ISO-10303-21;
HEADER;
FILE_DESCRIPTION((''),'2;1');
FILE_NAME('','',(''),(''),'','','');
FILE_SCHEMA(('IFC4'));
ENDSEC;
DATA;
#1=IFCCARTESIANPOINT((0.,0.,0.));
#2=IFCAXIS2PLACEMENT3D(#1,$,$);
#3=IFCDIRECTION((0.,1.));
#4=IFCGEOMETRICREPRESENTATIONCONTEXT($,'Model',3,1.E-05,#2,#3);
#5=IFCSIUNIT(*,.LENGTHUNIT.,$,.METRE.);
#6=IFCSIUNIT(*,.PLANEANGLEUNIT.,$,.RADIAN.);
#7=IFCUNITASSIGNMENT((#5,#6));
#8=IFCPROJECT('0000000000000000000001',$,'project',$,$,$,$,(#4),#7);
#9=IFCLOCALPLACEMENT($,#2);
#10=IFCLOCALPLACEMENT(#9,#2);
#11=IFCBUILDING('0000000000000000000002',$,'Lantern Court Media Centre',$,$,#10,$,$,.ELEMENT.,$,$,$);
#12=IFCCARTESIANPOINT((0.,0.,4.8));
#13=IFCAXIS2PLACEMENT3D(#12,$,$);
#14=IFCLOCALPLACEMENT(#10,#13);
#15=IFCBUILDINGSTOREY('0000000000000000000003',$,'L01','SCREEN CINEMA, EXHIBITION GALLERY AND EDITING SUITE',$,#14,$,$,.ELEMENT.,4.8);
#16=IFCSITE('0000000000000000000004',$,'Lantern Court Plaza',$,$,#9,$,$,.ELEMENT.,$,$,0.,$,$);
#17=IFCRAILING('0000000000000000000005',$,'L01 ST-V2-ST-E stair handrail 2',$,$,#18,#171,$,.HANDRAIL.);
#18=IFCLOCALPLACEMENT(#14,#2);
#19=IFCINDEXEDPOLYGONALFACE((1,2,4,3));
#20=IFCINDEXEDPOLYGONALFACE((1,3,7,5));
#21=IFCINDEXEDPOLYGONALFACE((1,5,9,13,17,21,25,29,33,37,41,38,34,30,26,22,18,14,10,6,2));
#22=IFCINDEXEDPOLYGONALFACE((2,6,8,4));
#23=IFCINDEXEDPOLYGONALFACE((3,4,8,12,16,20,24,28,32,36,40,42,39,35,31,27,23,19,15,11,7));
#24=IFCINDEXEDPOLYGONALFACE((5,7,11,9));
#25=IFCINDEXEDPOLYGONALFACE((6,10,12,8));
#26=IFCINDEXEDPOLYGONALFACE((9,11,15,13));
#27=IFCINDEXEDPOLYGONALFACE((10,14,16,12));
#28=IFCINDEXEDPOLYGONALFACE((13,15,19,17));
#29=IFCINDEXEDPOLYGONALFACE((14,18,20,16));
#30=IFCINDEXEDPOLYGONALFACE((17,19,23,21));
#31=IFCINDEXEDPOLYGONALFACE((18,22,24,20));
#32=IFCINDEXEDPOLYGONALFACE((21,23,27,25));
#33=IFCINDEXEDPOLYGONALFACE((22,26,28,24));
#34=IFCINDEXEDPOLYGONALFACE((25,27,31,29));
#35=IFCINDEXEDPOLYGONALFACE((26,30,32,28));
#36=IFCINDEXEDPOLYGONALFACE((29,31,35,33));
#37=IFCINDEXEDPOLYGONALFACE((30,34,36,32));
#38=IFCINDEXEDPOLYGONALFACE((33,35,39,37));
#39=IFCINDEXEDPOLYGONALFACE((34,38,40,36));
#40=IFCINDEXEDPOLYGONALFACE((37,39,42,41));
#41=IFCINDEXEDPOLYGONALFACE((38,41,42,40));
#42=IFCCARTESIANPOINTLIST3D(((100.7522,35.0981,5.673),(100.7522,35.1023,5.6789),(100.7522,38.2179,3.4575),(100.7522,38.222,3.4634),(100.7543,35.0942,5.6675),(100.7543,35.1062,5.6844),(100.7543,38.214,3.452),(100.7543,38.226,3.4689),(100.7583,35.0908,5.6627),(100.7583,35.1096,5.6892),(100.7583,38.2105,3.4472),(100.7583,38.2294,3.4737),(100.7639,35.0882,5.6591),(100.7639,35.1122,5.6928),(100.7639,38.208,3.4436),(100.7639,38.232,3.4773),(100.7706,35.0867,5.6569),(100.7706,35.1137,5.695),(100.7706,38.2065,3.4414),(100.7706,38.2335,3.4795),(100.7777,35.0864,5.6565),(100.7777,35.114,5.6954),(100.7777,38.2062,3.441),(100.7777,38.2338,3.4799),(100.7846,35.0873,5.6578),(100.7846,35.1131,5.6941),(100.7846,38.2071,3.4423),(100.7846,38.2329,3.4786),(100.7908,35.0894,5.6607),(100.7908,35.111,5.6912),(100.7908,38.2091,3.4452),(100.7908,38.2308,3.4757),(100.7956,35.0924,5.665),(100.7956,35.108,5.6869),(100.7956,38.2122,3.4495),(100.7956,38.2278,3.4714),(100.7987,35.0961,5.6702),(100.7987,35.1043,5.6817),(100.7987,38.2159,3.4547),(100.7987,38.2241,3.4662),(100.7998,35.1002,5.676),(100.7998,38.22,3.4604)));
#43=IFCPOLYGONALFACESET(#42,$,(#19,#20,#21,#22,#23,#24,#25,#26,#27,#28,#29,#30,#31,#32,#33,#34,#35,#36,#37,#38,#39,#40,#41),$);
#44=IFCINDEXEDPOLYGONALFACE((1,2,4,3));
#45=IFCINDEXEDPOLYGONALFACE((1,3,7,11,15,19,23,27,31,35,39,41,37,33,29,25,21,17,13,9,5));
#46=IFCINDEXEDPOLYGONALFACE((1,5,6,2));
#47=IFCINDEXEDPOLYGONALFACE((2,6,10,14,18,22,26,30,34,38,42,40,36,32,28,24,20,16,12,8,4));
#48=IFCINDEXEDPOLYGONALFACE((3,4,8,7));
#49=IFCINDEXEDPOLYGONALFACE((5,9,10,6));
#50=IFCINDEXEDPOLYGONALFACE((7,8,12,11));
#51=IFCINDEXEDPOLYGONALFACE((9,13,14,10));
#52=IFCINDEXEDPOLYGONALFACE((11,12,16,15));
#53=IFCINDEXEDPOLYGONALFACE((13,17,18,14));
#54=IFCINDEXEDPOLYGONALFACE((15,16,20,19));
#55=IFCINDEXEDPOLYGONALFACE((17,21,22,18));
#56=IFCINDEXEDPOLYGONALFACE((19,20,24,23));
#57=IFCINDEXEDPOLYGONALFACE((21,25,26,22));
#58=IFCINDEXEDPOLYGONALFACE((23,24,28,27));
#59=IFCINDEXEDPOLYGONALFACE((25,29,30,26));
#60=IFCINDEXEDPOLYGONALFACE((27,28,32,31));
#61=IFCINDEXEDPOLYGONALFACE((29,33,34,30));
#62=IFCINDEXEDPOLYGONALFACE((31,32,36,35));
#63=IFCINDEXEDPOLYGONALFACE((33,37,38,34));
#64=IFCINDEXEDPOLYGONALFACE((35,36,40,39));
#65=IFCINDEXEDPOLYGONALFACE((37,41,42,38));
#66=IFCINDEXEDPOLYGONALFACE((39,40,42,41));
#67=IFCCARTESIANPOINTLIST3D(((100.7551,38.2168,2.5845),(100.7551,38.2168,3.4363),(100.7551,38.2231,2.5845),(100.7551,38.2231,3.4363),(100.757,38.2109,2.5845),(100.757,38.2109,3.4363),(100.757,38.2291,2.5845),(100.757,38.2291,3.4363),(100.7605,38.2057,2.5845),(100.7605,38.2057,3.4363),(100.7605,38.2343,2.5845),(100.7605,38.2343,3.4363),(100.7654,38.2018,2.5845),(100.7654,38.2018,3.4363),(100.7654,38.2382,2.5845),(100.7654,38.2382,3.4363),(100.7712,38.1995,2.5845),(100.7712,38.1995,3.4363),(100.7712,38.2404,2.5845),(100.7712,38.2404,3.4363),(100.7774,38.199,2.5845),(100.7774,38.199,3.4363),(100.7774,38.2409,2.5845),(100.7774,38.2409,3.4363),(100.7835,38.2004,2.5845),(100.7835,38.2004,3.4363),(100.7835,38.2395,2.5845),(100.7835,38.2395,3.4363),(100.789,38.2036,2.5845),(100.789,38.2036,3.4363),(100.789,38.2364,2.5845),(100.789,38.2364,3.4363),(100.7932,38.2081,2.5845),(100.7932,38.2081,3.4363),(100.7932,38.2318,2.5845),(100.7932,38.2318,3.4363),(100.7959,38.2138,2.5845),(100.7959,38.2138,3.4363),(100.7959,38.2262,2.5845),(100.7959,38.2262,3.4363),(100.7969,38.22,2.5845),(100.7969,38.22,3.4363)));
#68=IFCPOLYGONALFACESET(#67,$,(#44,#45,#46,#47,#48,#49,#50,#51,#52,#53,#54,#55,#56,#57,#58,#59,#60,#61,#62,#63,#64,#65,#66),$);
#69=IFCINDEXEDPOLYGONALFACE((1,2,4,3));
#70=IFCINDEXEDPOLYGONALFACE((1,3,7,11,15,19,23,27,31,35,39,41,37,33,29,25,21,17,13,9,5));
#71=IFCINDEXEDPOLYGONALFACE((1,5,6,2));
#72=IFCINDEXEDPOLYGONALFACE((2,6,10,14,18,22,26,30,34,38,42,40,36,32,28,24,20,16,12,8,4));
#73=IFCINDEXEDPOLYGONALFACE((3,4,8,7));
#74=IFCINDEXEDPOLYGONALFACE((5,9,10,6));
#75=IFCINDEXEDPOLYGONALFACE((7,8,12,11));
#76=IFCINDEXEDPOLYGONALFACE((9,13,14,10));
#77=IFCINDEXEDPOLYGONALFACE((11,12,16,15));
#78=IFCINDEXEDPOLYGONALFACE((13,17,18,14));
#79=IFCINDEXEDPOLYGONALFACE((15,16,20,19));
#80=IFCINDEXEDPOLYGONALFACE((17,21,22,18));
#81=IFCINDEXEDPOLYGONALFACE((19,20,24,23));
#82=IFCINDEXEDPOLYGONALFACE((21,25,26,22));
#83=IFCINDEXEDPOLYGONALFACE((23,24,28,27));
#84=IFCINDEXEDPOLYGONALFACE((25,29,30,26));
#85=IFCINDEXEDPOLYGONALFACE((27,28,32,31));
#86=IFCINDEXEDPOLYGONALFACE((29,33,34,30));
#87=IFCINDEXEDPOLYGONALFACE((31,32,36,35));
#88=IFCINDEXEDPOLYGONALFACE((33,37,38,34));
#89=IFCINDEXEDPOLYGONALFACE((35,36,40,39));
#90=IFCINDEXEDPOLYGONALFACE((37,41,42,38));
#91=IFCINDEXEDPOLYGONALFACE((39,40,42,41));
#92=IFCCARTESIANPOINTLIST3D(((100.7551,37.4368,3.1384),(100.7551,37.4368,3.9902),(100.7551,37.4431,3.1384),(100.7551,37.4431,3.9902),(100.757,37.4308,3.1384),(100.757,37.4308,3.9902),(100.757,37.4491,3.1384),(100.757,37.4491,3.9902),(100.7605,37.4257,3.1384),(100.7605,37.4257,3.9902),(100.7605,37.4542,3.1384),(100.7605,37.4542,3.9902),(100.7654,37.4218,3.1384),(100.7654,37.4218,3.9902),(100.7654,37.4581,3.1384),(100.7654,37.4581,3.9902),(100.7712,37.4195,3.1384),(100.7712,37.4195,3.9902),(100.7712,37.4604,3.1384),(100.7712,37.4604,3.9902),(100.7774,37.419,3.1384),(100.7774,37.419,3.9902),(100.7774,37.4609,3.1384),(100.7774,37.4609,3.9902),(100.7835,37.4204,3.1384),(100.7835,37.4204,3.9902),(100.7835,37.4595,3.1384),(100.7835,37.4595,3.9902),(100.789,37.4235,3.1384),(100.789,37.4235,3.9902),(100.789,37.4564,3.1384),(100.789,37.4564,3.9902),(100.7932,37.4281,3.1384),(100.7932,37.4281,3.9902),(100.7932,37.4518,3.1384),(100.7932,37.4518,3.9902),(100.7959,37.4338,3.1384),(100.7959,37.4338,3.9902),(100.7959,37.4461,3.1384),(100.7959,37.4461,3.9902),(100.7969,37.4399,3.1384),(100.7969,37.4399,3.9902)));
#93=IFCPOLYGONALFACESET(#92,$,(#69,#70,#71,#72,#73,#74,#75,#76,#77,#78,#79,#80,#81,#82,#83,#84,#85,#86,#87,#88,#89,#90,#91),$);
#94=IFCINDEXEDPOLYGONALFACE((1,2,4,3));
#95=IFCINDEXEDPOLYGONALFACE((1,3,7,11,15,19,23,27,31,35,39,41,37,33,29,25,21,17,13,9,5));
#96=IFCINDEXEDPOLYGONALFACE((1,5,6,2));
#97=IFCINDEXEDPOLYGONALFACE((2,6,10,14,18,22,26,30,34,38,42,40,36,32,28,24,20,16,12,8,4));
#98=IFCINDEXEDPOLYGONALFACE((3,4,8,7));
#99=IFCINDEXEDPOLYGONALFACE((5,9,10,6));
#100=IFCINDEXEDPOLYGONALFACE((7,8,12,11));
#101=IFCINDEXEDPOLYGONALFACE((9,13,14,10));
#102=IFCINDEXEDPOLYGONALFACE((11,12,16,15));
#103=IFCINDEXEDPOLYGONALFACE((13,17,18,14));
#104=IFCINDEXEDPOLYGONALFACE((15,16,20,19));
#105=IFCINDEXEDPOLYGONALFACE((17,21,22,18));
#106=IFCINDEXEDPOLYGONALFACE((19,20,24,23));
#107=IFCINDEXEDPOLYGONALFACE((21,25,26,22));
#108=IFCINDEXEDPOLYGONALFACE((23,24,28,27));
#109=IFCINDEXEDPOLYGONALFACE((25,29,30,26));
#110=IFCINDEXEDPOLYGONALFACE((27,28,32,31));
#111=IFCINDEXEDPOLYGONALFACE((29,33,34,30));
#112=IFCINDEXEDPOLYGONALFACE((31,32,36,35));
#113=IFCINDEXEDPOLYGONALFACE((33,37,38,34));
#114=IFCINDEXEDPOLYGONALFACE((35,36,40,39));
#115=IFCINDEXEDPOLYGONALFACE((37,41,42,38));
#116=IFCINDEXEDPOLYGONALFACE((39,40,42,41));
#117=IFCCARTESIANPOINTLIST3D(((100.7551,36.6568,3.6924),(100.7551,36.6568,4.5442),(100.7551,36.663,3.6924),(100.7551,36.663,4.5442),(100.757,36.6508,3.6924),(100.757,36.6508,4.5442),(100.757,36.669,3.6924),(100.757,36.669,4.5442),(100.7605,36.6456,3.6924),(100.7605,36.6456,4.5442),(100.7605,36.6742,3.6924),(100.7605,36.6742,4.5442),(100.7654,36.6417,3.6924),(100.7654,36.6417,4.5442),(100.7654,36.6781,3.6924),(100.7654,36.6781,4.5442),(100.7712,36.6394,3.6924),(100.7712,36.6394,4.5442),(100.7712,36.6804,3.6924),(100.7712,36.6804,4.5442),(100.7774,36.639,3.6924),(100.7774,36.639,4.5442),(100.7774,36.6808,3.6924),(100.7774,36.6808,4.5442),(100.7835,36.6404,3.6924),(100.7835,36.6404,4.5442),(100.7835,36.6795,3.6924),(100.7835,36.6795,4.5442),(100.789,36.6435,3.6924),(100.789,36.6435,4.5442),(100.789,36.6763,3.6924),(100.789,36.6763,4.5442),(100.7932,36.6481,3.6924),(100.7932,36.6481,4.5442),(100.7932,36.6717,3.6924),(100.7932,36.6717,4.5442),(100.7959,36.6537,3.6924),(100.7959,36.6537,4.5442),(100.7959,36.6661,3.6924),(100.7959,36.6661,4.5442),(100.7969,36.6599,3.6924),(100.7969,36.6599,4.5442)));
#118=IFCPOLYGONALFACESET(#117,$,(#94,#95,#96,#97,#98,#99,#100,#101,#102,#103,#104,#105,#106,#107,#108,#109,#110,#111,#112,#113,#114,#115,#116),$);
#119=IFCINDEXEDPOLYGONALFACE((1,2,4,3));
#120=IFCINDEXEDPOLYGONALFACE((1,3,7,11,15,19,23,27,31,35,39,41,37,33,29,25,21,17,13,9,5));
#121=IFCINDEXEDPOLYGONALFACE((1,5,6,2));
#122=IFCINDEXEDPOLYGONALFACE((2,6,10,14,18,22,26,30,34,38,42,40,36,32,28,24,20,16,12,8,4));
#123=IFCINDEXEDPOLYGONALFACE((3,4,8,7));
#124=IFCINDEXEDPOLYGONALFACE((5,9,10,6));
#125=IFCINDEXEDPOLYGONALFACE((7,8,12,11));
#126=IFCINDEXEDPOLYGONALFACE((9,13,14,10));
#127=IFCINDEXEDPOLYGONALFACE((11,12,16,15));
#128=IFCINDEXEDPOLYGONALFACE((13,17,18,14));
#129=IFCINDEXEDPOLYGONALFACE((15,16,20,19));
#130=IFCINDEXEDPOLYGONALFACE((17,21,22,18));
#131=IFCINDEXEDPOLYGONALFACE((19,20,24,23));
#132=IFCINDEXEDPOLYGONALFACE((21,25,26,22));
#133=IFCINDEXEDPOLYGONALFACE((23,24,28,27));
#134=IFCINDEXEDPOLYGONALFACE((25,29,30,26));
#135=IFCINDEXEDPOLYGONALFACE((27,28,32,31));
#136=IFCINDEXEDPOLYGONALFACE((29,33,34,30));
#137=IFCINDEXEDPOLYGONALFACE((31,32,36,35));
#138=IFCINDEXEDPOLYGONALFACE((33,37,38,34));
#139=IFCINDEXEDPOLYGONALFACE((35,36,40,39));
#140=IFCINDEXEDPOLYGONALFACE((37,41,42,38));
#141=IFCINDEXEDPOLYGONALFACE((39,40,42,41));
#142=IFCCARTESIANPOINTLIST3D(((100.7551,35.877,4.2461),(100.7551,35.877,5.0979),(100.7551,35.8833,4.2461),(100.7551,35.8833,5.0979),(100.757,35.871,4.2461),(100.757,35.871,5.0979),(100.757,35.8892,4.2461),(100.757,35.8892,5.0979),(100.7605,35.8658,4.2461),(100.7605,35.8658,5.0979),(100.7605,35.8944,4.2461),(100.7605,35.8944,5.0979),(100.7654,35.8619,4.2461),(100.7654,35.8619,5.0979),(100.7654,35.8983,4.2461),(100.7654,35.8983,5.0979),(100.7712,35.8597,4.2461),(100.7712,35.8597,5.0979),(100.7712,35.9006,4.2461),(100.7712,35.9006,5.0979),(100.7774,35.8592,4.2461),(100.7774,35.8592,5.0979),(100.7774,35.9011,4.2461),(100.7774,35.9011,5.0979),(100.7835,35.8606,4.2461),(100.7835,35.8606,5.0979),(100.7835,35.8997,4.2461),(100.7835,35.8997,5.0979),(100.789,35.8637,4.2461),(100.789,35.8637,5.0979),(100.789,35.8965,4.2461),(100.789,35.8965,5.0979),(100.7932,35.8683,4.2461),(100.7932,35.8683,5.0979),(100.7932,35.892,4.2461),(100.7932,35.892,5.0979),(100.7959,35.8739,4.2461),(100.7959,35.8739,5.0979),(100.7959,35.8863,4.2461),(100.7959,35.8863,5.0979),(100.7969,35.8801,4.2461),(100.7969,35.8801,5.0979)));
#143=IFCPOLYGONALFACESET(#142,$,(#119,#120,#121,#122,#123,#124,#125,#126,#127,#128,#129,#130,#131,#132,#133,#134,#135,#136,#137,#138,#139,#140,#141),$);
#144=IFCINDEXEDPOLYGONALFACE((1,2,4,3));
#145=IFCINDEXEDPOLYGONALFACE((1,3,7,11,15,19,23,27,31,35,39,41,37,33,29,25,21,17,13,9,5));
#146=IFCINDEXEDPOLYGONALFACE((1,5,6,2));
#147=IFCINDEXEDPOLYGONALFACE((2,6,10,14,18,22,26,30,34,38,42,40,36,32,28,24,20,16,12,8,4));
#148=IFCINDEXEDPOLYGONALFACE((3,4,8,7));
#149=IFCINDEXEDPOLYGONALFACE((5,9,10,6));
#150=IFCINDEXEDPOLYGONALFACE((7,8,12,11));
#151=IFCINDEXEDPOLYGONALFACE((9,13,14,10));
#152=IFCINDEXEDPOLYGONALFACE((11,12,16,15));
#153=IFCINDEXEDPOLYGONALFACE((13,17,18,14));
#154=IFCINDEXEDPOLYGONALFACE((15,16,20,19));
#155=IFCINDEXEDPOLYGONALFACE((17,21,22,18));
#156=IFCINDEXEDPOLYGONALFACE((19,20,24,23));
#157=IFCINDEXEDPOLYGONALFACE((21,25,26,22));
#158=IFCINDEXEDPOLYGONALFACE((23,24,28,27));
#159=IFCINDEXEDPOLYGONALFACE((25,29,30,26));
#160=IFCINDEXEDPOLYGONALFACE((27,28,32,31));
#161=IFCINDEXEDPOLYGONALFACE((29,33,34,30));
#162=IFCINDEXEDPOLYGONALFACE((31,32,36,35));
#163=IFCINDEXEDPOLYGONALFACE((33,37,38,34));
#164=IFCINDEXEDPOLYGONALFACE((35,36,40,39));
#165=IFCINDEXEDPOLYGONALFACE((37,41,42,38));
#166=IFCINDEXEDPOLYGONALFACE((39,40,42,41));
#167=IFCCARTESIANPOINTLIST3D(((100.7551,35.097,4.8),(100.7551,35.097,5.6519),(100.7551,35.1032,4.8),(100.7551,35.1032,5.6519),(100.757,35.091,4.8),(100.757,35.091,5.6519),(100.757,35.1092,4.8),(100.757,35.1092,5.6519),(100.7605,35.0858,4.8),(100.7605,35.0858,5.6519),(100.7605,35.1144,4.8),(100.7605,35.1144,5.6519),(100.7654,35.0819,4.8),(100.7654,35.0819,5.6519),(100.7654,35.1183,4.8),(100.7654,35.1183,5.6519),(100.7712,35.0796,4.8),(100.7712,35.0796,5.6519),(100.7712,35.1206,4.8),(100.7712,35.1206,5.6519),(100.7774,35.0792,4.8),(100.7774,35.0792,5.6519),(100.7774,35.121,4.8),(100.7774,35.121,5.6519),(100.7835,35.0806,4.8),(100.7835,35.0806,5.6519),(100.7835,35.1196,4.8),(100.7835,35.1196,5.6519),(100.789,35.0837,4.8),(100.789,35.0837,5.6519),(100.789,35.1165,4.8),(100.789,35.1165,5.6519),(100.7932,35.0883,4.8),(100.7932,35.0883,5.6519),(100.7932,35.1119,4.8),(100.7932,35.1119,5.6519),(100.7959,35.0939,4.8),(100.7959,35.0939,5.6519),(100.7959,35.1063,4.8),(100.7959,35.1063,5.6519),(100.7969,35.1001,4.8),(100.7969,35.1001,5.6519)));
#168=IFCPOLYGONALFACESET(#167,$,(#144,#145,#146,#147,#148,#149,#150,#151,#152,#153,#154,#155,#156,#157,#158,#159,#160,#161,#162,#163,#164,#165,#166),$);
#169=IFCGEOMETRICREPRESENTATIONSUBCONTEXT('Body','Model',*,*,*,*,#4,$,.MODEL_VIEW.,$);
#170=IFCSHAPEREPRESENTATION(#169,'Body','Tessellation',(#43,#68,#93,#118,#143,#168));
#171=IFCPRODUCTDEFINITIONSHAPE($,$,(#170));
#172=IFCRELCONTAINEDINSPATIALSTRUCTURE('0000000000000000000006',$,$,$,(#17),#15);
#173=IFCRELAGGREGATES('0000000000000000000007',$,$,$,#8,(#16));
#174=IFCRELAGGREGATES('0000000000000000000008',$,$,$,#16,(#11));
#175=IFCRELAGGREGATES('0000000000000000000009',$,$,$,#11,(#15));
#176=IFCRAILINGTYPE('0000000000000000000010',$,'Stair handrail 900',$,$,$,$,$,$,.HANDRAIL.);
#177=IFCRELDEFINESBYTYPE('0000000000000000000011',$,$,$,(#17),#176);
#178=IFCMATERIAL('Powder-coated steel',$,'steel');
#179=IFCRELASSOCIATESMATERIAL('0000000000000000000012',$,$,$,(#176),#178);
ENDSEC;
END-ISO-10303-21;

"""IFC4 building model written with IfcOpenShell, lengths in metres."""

from ifc_helpers import new_model, si_unit, direction, frame, origin, origin_2d, place, context, subcontext, project, spatial, circle, extrude, material, type_object, element, save


model = new_model("IFC4")

# Units and contexts
model_context = context("Model", 3, precision=1e-05, world=origin(), true_north=direction((0.0, 1.0)))
body_context = subcontext(model_context, "Body", "Model", "MODEL_VIEW")
ifc_project = project(units=[si_unit("LENGTHUNIT", "METRE"), si_unit("PLANEANGLEUNIT", "RADIAN")], contexts=[model_context])

# Site, building, storey
site_placement = place(None, origin())
site = spatial("IfcSite", under=ifc_project, at=site_placement, Name="Lantern Court Plaza", CompositionType="ELEMENT", RefElevation=0.0)
building_placement = place(site_placement, origin())
building = spatial("IfcBuilding", under=site, at=building_placement, Name="Lantern Court Media Centre", CompositionType="ELEMENT")
storey_placement = place(building_placement, frame((0.0, 0.0, 4.8)))
storey = spatial("IfcBuildingStorey", under=building, at=storey_placement, Name="L01", Description="SCREEN CINEMA, EXHIBITION GALLERY AND EDITING SUITE", CompositionType="ELEMENT", Elevation=4.8)

# Railing
ifc_material_1 = material(Name="Powder-coated steel", Category="steel")
railing_type_1 = type_object("IfcRailingType", Name="Stair handrail 900", PredefinedType="HANDRAIL", material=ifc_material_1)
railing_1_placement = place(storey_placement, frame((100.7759, 38.22, 2.5845)))
element("IfcRailing", 1, at=railing_1_placement, inside=storey, type_object=railing_type_1, Name="L01 ST-V2-ST-E stair handrail 2", PredefinedType="HANDRAIL", context=body_context, shape_type="SweptSolid", body=[
    extrude(circle(Radius=0.0239, at=origin_2d()), frame((0.0, 0.0, 0.876), z_axis=(0.0, -0.815325, 0.579003), x_axis=(1.0, 0.0, 0.0)), (0.0, 0.0, 1.0), 3.8264),
    extrude(circle(Radius=0.021, at=origin_2d()), origin(), (0.0, 0.0, 1.0), 0.8518),
    extrude(circle(Radius=0.021, at=origin_2d()), frame((0.0, -0.78, 0.554)), (0.0, 0.0, 1.0), 0.8518),
    extrude(circle(Radius=0.021, at=origin_2d()), frame((0.0, -1.5601, 1.1079)), (0.0, 0.0, 1.0), 0.8518),
    extrude(circle(Radius=0.021, at=origin_2d()), frame((0.0, -2.3398, 1.6616)), (0.0, 0.0, 1.0), 0.8518),
    extrude(circle(Radius=0.021, at=origin_2d()), frame((0.0, -3.1199, 2.2156)), (0.0, 0.0, 1.0), 0.8518),
])

save(model, "model.ifc")
